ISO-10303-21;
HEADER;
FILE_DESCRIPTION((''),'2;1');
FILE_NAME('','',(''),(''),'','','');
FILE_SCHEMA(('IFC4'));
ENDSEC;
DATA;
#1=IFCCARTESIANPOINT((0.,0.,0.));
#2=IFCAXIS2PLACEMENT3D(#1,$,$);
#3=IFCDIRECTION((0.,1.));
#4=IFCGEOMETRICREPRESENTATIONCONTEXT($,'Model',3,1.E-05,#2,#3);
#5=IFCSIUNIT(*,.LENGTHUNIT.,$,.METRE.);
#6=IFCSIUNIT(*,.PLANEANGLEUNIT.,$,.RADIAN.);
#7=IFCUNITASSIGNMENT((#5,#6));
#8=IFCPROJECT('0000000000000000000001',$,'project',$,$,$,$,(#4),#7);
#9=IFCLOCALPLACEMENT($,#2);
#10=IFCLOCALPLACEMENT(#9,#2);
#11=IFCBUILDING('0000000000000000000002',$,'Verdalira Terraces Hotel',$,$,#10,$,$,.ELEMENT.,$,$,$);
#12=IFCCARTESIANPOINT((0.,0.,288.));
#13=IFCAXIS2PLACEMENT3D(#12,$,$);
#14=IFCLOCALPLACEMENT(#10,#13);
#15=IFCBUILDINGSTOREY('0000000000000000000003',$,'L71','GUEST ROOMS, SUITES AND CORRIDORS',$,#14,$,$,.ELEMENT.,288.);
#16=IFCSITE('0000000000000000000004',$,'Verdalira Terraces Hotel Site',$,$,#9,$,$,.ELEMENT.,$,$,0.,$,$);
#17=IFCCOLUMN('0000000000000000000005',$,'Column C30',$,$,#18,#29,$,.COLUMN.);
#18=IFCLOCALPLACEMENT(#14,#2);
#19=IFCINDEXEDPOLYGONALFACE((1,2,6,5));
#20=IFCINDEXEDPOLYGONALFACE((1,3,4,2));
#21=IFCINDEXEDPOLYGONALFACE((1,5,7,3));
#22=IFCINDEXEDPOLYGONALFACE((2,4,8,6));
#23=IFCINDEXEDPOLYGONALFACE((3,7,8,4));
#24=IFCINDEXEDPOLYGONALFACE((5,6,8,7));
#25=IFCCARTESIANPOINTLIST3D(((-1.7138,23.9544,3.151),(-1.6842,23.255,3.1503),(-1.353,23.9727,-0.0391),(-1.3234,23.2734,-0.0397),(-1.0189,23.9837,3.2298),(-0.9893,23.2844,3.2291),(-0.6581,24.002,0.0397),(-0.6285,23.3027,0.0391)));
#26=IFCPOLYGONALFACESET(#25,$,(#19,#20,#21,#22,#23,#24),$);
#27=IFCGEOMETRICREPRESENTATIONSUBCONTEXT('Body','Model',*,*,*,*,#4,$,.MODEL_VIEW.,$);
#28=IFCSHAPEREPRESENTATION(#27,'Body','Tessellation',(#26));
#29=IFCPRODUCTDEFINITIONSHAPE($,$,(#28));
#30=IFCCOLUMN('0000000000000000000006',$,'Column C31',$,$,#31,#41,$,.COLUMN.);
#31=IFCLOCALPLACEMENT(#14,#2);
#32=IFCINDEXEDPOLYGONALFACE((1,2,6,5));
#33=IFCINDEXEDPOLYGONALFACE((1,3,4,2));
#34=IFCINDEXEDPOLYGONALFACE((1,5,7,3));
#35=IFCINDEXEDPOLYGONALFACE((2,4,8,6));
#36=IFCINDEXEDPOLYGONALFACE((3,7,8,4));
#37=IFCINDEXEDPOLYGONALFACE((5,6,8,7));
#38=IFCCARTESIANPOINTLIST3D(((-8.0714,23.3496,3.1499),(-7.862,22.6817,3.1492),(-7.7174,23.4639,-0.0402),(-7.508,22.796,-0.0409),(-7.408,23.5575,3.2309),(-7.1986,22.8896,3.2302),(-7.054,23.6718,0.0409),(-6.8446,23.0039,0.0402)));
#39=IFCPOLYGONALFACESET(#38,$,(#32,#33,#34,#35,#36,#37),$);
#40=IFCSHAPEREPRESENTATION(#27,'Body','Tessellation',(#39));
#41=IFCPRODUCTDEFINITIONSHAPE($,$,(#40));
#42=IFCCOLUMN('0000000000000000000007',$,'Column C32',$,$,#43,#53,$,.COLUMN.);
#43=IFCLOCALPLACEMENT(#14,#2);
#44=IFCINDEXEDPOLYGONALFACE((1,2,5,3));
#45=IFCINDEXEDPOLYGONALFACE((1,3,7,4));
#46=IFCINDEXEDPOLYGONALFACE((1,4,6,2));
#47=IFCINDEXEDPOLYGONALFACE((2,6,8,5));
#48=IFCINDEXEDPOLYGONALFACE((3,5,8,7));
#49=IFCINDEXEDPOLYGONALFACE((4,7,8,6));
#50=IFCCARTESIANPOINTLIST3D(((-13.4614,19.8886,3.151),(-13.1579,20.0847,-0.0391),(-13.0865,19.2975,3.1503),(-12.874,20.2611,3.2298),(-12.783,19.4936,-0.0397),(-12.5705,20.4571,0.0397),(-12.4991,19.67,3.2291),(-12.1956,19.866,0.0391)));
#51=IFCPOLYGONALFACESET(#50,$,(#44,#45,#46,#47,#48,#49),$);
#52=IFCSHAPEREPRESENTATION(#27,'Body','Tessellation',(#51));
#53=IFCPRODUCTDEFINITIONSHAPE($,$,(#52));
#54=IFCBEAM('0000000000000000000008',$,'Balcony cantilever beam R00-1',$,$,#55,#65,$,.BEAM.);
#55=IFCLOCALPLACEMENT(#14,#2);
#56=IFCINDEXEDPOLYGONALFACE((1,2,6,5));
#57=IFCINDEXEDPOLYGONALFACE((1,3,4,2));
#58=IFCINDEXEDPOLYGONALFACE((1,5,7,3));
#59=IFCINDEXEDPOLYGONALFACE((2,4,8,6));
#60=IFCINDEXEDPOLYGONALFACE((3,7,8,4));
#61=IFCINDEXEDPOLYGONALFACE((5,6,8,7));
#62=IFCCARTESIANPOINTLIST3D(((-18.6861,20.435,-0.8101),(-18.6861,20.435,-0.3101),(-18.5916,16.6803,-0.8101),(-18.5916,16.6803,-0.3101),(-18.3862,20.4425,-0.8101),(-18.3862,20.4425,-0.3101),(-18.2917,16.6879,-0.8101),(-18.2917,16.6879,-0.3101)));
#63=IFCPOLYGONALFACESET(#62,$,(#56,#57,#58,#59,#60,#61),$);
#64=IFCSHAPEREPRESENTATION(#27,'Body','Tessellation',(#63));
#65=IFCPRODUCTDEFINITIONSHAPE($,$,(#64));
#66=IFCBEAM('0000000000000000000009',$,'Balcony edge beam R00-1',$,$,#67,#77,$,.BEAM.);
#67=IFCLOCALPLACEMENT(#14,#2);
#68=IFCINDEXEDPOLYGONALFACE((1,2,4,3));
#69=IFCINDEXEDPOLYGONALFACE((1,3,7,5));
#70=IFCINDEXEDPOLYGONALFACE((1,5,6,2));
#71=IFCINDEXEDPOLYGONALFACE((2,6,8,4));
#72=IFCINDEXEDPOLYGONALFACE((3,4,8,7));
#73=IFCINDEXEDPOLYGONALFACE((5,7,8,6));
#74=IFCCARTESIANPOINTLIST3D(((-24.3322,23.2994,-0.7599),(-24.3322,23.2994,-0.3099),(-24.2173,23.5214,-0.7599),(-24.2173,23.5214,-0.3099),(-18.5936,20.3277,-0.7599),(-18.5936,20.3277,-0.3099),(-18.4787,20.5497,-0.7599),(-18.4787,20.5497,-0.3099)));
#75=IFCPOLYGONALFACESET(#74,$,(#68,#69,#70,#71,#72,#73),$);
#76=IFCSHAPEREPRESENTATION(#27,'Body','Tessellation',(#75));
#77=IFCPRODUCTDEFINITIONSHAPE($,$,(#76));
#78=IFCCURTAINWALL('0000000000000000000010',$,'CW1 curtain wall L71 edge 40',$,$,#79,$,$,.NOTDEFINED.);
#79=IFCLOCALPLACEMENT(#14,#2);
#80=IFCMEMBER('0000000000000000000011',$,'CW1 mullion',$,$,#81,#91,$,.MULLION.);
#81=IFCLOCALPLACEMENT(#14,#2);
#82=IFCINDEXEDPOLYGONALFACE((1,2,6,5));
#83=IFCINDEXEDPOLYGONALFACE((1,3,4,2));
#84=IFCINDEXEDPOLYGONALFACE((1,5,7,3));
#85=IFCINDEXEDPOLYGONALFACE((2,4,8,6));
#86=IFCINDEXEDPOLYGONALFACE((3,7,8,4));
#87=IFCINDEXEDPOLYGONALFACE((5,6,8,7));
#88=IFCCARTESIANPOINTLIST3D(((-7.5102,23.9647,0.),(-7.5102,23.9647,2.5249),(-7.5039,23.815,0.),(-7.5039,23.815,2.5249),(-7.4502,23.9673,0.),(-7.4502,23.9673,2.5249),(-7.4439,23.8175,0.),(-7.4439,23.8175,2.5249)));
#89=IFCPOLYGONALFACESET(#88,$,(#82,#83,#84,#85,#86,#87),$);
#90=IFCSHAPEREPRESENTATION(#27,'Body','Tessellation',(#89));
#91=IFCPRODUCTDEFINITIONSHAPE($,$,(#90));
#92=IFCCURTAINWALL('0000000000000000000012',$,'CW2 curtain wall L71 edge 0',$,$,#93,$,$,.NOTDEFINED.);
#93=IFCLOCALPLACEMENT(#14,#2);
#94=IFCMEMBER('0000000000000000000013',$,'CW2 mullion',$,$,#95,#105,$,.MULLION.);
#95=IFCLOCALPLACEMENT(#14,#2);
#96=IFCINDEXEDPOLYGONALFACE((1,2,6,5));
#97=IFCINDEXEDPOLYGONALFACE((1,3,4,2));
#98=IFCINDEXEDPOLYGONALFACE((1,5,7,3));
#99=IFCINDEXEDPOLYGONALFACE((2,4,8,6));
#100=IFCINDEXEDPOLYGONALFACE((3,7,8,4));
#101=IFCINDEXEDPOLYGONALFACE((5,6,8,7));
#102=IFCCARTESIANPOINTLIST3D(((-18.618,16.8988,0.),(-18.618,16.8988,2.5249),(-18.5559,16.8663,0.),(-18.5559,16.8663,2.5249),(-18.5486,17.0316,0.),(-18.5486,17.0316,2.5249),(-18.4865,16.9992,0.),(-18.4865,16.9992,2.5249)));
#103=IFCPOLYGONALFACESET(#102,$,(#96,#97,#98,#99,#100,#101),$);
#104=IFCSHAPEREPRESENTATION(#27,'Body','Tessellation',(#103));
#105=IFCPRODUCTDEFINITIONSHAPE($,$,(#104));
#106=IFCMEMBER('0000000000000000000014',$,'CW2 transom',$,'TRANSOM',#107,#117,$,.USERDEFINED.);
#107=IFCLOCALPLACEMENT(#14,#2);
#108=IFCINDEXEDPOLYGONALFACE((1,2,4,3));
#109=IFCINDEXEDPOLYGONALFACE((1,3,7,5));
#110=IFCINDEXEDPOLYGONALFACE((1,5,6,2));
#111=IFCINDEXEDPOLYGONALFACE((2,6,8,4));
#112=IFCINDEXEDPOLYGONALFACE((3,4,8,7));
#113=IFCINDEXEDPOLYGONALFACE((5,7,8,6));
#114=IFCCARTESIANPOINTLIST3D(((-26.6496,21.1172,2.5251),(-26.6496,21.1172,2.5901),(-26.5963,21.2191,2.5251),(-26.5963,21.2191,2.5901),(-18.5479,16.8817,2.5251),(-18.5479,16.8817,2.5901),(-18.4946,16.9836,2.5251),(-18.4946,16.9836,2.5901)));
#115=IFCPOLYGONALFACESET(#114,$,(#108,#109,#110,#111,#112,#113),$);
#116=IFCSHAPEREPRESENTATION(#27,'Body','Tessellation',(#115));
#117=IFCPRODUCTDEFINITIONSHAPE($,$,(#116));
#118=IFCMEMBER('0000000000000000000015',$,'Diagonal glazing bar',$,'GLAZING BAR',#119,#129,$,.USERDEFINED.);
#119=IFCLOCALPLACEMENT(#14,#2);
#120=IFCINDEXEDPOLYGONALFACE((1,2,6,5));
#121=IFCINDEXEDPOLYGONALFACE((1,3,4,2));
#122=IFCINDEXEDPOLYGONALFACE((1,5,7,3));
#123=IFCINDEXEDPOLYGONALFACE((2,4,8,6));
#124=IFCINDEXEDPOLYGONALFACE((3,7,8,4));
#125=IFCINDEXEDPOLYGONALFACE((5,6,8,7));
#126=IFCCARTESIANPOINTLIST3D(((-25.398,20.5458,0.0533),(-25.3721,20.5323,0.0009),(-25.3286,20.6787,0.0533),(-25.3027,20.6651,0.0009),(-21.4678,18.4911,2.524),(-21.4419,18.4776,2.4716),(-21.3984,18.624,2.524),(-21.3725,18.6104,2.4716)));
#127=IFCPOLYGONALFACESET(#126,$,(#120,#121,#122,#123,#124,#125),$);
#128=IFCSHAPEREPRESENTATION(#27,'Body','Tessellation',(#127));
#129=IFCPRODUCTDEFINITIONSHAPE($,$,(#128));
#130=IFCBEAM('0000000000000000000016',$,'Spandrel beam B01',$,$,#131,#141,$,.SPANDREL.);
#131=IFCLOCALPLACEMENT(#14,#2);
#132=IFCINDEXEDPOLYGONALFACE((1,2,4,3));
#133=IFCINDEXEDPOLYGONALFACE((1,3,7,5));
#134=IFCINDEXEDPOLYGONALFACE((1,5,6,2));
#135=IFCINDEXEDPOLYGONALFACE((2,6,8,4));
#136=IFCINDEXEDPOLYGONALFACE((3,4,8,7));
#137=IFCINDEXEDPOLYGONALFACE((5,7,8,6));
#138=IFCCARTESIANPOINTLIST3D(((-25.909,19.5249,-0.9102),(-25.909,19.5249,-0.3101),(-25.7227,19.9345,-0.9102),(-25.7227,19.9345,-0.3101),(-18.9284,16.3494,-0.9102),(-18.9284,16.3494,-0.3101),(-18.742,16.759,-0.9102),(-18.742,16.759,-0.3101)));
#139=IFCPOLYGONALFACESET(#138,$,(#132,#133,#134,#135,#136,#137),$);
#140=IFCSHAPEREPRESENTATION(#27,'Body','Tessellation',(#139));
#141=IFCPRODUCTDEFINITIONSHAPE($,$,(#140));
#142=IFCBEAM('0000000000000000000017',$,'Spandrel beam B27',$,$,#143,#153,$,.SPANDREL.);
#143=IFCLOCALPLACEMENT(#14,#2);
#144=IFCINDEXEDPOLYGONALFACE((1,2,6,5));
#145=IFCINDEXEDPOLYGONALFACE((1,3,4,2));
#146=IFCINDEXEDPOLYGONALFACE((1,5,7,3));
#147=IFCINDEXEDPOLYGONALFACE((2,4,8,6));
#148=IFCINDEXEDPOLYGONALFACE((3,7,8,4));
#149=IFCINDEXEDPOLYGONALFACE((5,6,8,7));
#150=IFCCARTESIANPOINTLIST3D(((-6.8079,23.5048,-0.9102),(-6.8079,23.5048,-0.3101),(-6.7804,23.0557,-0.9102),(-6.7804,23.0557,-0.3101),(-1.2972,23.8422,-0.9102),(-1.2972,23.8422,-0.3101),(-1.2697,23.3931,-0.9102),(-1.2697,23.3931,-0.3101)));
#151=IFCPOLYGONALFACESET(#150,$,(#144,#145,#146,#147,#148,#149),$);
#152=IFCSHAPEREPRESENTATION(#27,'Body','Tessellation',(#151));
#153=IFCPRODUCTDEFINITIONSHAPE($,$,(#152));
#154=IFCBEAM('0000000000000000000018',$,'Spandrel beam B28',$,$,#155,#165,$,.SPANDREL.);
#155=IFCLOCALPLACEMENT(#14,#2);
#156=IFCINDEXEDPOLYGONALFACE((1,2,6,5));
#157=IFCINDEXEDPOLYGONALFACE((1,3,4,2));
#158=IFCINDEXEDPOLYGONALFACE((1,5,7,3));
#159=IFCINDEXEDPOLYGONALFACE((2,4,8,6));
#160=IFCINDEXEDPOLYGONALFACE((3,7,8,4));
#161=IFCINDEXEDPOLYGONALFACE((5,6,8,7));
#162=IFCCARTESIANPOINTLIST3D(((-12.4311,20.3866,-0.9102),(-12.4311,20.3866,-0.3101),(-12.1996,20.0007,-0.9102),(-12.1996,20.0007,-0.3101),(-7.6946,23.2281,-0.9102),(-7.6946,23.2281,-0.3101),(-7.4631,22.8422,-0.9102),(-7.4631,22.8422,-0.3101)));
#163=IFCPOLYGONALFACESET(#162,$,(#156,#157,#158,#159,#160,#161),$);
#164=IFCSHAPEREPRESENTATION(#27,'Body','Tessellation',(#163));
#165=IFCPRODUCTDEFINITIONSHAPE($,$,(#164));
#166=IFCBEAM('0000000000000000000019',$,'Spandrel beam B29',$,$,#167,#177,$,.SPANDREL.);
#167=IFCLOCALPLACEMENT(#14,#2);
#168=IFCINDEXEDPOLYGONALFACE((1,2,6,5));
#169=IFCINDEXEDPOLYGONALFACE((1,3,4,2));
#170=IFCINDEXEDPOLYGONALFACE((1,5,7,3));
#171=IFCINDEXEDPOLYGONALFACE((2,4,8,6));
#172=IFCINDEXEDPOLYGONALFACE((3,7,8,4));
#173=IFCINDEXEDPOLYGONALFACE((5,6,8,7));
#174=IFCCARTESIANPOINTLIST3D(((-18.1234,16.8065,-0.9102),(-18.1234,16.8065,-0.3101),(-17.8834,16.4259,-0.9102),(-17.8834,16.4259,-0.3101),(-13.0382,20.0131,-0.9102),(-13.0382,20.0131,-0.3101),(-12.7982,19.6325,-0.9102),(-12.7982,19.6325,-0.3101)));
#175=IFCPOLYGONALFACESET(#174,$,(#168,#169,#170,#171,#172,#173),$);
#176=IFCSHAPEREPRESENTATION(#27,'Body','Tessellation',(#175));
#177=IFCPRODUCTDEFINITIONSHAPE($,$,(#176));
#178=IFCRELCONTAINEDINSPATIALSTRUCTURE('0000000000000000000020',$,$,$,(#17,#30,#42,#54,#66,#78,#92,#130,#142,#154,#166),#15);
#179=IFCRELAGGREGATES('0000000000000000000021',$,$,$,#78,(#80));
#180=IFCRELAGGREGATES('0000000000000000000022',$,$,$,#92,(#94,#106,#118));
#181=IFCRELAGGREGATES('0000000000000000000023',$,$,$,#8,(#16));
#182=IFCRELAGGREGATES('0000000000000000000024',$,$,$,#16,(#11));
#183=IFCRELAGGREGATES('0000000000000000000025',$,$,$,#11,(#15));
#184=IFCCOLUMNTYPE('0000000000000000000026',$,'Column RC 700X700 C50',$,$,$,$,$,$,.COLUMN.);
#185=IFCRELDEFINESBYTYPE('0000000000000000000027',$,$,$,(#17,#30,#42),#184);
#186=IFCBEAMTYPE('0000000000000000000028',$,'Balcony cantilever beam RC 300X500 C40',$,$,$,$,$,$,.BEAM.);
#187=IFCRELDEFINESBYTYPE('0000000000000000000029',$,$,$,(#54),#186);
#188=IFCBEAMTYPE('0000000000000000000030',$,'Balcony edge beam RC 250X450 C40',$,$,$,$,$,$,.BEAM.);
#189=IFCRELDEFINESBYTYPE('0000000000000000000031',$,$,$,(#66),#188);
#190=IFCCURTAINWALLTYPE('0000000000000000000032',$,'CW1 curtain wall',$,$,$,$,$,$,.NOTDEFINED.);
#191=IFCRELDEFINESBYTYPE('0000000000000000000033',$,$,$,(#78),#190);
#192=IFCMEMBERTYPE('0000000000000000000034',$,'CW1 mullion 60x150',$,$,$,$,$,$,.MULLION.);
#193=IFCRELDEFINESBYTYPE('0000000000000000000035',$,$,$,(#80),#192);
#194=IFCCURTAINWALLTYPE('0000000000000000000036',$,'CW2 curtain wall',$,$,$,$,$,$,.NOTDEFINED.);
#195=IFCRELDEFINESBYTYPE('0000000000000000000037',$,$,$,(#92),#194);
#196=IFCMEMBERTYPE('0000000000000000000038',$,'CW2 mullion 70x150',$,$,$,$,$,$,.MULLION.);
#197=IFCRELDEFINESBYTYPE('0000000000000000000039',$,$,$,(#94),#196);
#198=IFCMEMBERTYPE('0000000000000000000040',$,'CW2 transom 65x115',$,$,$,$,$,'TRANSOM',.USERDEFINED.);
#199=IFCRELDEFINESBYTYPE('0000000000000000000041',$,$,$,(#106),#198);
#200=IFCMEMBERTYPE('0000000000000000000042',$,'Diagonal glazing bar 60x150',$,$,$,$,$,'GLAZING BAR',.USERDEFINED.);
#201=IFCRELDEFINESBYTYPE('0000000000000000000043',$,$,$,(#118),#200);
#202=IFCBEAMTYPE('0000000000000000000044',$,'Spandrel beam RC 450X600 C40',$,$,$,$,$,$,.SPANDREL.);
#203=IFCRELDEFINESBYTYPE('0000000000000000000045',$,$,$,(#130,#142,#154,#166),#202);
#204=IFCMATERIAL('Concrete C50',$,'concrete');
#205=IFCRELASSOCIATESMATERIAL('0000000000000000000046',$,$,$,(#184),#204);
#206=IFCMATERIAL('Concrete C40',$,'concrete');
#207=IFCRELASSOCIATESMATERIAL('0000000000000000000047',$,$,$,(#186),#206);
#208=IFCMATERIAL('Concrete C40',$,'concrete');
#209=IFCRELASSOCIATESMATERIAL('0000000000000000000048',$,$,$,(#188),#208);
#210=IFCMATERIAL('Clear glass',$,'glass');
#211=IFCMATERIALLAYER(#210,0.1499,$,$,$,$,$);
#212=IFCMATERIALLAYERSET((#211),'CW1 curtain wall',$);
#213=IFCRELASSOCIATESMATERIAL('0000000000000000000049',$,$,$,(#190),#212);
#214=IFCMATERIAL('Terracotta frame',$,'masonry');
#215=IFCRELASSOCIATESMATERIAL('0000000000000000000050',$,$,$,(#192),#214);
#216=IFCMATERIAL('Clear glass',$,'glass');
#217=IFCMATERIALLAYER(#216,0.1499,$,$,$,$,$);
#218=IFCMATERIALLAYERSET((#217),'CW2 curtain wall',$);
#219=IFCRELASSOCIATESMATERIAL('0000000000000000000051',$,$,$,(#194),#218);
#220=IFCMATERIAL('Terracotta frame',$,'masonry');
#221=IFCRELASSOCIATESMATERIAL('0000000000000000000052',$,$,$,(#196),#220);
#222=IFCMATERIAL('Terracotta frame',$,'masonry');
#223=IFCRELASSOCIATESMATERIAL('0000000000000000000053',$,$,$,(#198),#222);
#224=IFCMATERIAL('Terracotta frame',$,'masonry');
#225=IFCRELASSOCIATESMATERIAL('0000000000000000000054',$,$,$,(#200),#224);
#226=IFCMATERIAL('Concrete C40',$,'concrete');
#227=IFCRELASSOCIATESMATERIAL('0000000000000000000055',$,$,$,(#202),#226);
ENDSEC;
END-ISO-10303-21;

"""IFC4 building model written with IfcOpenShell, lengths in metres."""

from ifc_helpers import new_model, si_unit, direction, frame, origin, origin_2d, place, context, subcontext, project, spatial, rectangle, extrude, material, layer, layer_set, material_profile, profile_set, type_object, element, aggregate, save


model = new_model("IFC4")

# Units and contexts
model_context = context("Model", 3, precision=1e-05, world=origin(), true_north=direction((0.0, 1.0)))
body_context = subcontext(model_context, "Body", "Model", "MODEL_VIEW")
ifc_project = project(units=[si_unit("LENGTHUNIT", "METRE"), si_unit("PLANEANGLEUNIT", "RADIAN")], contexts=[model_context])

# Site, building, storey
site_placement = place(None, origin())
site = spatial("IfcSite", under=ifc_project, at=site_placement, Name="Verdalira Terraces Hotel Site", CompositionType="ELEMENT", RefElevation=0.0)
building_placement = place(site_placement, origin())
building = spatial("IfcBuilding", under=site, at=building_placement, Name="Verdalira Terraces Hotel", CompositionType="ELEMENT")
storey_placement = place(building_placement, frame((0.0, 0.0, 288.0)))
storey = spatial("IfcBuildingStorey", under=building, at=storey_placement, Name="L71", Description="GUEST ROOMS, SUITES AND CORRIDORS", CompositionType="ELEMENT", Elevation=288.0)

# Columns
ifc_material_1 = material(Name="Concrete C50", Category="concrete")
ifc_material_profile_1 = material_profile(ifc_material_1, rectangle(XDim=0.7, YDim=0.7, at=origin_2d()), Name="RC 700X700")
ifc_profile_set_1 = profile_set([ifc_material_profile_1], Name="Concrete C50")
column_type = type_object("IfcColumnType", Name="Column RC 700X700 C50", PredefinedType="COLUMN", material=ifc_profile_set_1)
column_1_placement = place(storey_placement, frame((-0.9907, 23.6377, 0.0), z_axis=(-0.112399, -0.005704, 0.993647), x_axis=(-0.992762, -0.041935, -0.11254)))
element("IfcColumn", 1, at=column_1_placement, inside=storey, type_object=column_type, Name="Column C30", PredefinedType="COLUMN", context=body_context, shape_type="SweptSolid", body=[
    extrude(rectangle(XDim=0.7, YDim=0.7, at=origin_2d()), origin(), (0.0, 0.0, 1.0), 3.2104),
])
column_2_placement = place(storey_placement, frame((-7.281, 23.2339, 0.0), z_axis=(-0.110228, -0.035577, 0.993269), x_axis=(0.947811, 0.297052, 0.115823)))
element("IfcColumn", 2, at=column_2_placement, inside=storey, type_object=column_type, Name="Column C31", PredefinedType="COLUMN", context=body_context, shape_type="SweptSolid", body=[
    extrude(rectangle(XDim=0.7, YDim=0.7, at=origin_2d()), origin(), (0.0, 0.0, 1.0), 3.2117),
])
column_3_placement = place(storey_placement, frame((-12.6768, 19.9753, 0.0), z_axis=(-0.094528, -0.061067, 0.993647), x_axis=(-0.839178, -0.532086, -0.112534)))
element("IfcColumn", 3, at=column_3_placement, inside=storey, type_object=column_type, Name="Column C32", PredefinedType="COLUMN", context=body_context, shape_type="SweptSolid", body=[
    extrude(rectangle(XDim=0.7, YDim=0.7, at=origin_2d()), origin(), (0.0, 0.0, 1.0), 3.2104),
])

# Beams
ifc_material_2 = material(Name="Concrete C40", Category="concrete")
ifc_material_profile_2 = material_profile(ifc_material_2, rectangle(XDim=0.3, YDim=0.5, at=origin_2d()), Name="RC 300X500")
ifc_profile_set_2 = profile_set([ifc_material_profile_2], Name="Concrete C40")
beam_type_1 = type_object("IfcBeamType", Name="Balcony cantilever beam RC 300X500 C40", PredefinedType="BEAM", material=ifc_profile_set_2)
beam_1_placement = place(storey_placement, frame((-18.4416, 16.6841, -0.5601), z_axis=(-0.025156, 0.999684, 0.0), x_axis=(-0.999684, -0.025156, 0.0)))
element("IfcBeam", 4, at=beam_1_placement, inside=storey, type_object=beam_type_1, Name="Balcony cantilever beam R00-1", PredefinedType="BEAM", context=body_context, shape_type="SweptSolid", body=[
    extrude(rectangle(XDim=0.3, YDim=0.5, at=origin_2d()), origin(), (0.0, 0.0, 1.0), 3.7559),
])
ifc_material_3 = material(Name="Concrete C40", Category="concrete")
ifc_material_profile_3 = material_profile(ifc_material_3, rectangle(XDim=0.25, YDim=0.45, at=origin_2d()), Name="RC 250X450")
ifc_profile_set_3 = profile_set([ifc_material_profile_3], Name="Concrete C40")
beam_type_2 = type_object("IfcBeamType", Name="Balcony edge beam RC 250X450 C40", PredefinedType="BEAM", material=ifc_profile_set_3)
beam_2_placement = place(storey_placement, frame((-18.5361, 20.4387, -0.5349), z_axis=(-0.887998, 0.459847, 0.0), x_axis=(-0.459847, -0.887998, 0.0)))
element("IfcBeam", 5, at=beam_2_placement, inside=storey, type_object=beam_type_2, Name="Balcony edge beam R00-1", PredefinedType="BEAM", context=body_context, shape_type="SweptSolid", body=[
    extrude(rectangle(XDim=0.25, YDim=0.45, at=origin_2d()), origin(), (0.0, 0.0, 1.0), 6.4624),
])

# Curtain wall, member
ifc_material_4 = material(Name="Clear glass", Category="glass")
ifc_layer_1 = layer(ifc_material_4, 0.1499)
ifc_layer_set_1 = layer_set([ifc_layer_1], Name="CW1 curtain wall")
curtain_wall_type_1 = type_object("IfcCurtainWallType", Name="CW1 curtain wall", PredefinedType="NOTDEFINED", material=ifc_layer_set_1)
curtain_wall_1_placement = place(storey_placement, origin())
curtain_wall_1 = element("IfcCurtainWall", 6, at=curtain_wall_1_placement, inside=storey, type_object=curtain_wall_type_1, Name="CW1 curtain wall L71 edge 40", PredefinedType="NOTDEFINED")
ifc_material_5 = material(Name="Terracotta frame", Category="masonry")
ifc_material_profile_4 = material_profile(ifc_material_5, rectangle(XDim=0.0601, YDim=0.1499, at=origin_2d()), Name="MU 60x150")
ifc_profile_set_4 = profile_set([ifc_material_profile_4], Name="Terracotta frame")
member_type_1 = type_object("IfcMemberType", Name="CW1 mullion 60x150", PredefinedType="MULLION", material=ifc_profile_set_4)
member_1_placement = place(storey_placement, frame((-7.4771, 23.8911, 0.0), z_axis=(0.0, 0.0, 1.0), x_axis=(-0.999123, -0.041876, 0.0)))
member_1 = element("IfcMember", 7, at=member_1_placement, type_object=member_type_1, Name="CW1 mullion", PredefinedType="MULLION", context=body_context, shape_type="SweptSolid", body=[
    extrude(rectangle(XDim=0.0601, YDim=0.1499, at=origin_2d()), origin(), (0.0, 0.0, 1.0), 2.5249),
])

# Curtain wall, members
ifc_material_6 = material(Name="Clear glass", Category="glass")
ifc_layer_2 = layer(ifc_material_6, 0.1499)
ifc_layer_set_2 = layer_set([ifc_layer_2], Name="CW2 curtain wall")
curtain_wall_type_2 = type_object("IfcCurtainWallType", Name="CW2 curtain wall", PredefinedType="NOTDEFINED", material=ifc_layer_set_2)
curtain_wall_2_placement = place(storey_placement, origin())
curtain_wall_2 = element("IfcCurtainWall", 8, at=curtain_wall_2_placement, inside=storey, type_object=curtain_wall_type_2, Name="CW2 curtain wall L71 edge 0", PredefinedType="NOTDEFINED")
ifc_material_7 = material(Name="Terracotta frame", Category="masonry")
ifc_material_profile_5 = material_profile(ifc_material_7, rectangle(XDim=0.0701, YDim=0.1499, at=origin_2d()), Name="MU 70x150")
ifc_profile_set_5 = profile_set([ifc_material_profile_5], Name="Terracotta frame")
member_type_2 = type_object("IfcMemberType", Name="CW2 mullion 70x150", PredefinedType="MULLION", material=ifc_profile_set_5)
member_2_placement = place(storey_placement, frame((-18.5522, 16.949, 0.0), z_axis=(0.0, 0.0, 1.0), x_axis=(-0.886204, 0.463296, 0.0)))
member_2 = element("IfcMember", 9, at=member_2_placement, type_object=member_type_2, Name="CW2 mullion", PredefinedType="MULLION", context=body_context, shape_type="SweptSolid", body=[
    extrude(rectangle(XDim=0.0701, YDim=0.1499, at=origin_2d()), origin(), (0.0, 0.0, 1.0), 2.5249),
])
ifc_material_8 = material(Name="Terracotta frame", Category="masonry")
ifc_material_profile_6 = material_profile(ifc_material_8, rectangle(XDim=0.115, YDim=0.0649, at=origin_2d()), Name="TR 65x115")
ifc_profile_set_6 = profile_set([ifc_material_profile_6], Name="Terracotta frame")
member_type_3 = type_object("IfcMemberType", Name="CW2 transom 65x115", ElementType="TRANSOM", PredefinedType="USERDEFINED", material=ifc_profile_set_6)
member_3_placement = place(storey_placement, frame((-18.5212, 16.9326, 2.5576), z_axis=(-0.8862, 0.463302, 0.0), x_axis=(-0.463302, -0.8862, 0.0)))
member_3 = element("IfcMember", 10, at=member_3_placement, type_object=member_type_3, Name="CW2 transom", ObjectType="TRANSOM", PredefinedType="USERDEFINED", context=body_context, shape_type="SweptSolid", body=[
    extrude(rectangle(XDim=0.115, YDim=0.0649, at=origin_2d()), origin(), (0.0, 0.0, 1.0), 9.1421),
])
ifc_material_9 = material(Name="Terracotta frame", Category="masonry")
ifc_material_profile_7 = material_profile(ifc_material_9, rectangle(XDim=0.1499, YDim=0.0601, at=origin_2d()), Name="GB 60x150")
ifc_profile_set_7 = profile_set([ifc_material_profile_7], Name="Terracotta frame")
member_type_4 = type_object("IfcMemberType", Name="Diagonal glazing bar 60x150", ElementType="GLAZING BAR", PredefinedType="USERDEFINED", material=ifc_profile_set_7)
member_4_placement = place(storey_placement, frame((-21.4202, 18.5508, 2.4978), z_axis=(-0.774167, 0.404733, -0.48668), x_axis=(-0.463303, -0.8862, 0.0)))
member_4 = element("IfcMember", 11, at=member_4_placement, type_object=member_type_4, Name="Diagonal glazing bar", ObjectType="GLAZING BAR", PredefinedType="USERDEFINED", context=body_context, shape_type="SweptSolid", body=[
    extrude(rectangle(XDim=0.1499, YDim=0.0601, at=origin_2d()), origin(), (0.0, 0.0, 1.0), 5.0767),
])

# Beams
ifc_material_10 = material(Name="Concrete C40", Category="concrete")
ifc_material_profile_8 = material_profile(ifc_material_10, rectangle(XDim=0.45, YDim=0.6001, at=origin_2d()), Name="RC 450X600")
ifc_profile_set_8 = profile_set([ifc_material_profile_8], Name="Concrete C40")
beam_type_3 = type_object("IfcBeamType", Name="Spandrel beam RC 450X600 C40", PredefinedType="SPANDREL", material=ifc_profile_set_8)
beam_3_placement = place(storey_placement, frame((-18.8352, 16.5542, -0.6101), z_axis=(-0.910244, 0.414072, 0.0), x_axis=(-0.414072, -0.910244, 0.0)))
element("IfcBeam", 12, at=beam_3_placement, inside=storey, type_object=beam_type_3, Name="Spandrel beam B01", PredefinedType="SPANDREL", context=body_context, shape_type="SweptSolid", body=[
    extrude(rectangle(XDim=0.45, YDim=0.6001, at=origin_2d()), origin(), (0.0, 0.0, 1.0), 7.6689),
])
beam_4_placement = place(storey_placement, frame((-1.2834, 23.6177, -0.6101), z_axis=(-0.998131, -0.061112, 0.0), x_axis=(0.061112, -0.998131, 0.0)))
element("IfcBeam", 13, at=beam_4_placement, inside=storey, type_object=beam_type_3, Name="Spandrel beam B27", PredefinedType="SPANDREL", context=body_context, shape_type="SweptSolid", body=[
    extrude(rectangle(XDim=0.45, YDim=0.6001, at=origin_2d()), origin(), (0.0, 0.0, 1.0), 5.521),
])
beam_5_placement = place(storey_placement, frame((-7.5789, 23.0352, -0.6101), z_axis=(-0.857524, -0.514444, 0.0), x_axis=(0.514444, -0.857524, 0.0)))
element("IfcBeam", 14, at=beam_5_placement, inside=storey, type_object=beam_type_3, Name="Spandrel beam B28", PredefinedType="SPANDREL", context=body_context, shape_type="SweptSolid", body=[
    extrude(rectangle(XDim=0.45, YDim=0.6001, at=origin_2d()), origin(), (0.0, 0.0, 1.0), 5.5234),
])
beam_6_placement = place(storey_placement, frame((-12.9182, 19.8228, -0.6101), z_axis=(-0.845877, -0.533379, 0.0), x_axis=(0.533379, -0.845877, 0.0)))
element("IfcBeam", 15, at=beam_6_placement, inside=storey, type_object=beam_type_3, Name="Spandrel beam B29", PredefinedType="SPANDREL", context=body_context, shape_type="SweptSolid", body=[
    extrude(rectangle(XDim=0.45, YDim=0.6001, at=origin_2d()), origin(), (0.0, 0.0, 1.0), 6.0117),
])

aggregate(curtain_wall_1, [member_1])
aggregate(curtain_wall_2, [member_2, member_3, member_4])

save(model, "model.ifc")
